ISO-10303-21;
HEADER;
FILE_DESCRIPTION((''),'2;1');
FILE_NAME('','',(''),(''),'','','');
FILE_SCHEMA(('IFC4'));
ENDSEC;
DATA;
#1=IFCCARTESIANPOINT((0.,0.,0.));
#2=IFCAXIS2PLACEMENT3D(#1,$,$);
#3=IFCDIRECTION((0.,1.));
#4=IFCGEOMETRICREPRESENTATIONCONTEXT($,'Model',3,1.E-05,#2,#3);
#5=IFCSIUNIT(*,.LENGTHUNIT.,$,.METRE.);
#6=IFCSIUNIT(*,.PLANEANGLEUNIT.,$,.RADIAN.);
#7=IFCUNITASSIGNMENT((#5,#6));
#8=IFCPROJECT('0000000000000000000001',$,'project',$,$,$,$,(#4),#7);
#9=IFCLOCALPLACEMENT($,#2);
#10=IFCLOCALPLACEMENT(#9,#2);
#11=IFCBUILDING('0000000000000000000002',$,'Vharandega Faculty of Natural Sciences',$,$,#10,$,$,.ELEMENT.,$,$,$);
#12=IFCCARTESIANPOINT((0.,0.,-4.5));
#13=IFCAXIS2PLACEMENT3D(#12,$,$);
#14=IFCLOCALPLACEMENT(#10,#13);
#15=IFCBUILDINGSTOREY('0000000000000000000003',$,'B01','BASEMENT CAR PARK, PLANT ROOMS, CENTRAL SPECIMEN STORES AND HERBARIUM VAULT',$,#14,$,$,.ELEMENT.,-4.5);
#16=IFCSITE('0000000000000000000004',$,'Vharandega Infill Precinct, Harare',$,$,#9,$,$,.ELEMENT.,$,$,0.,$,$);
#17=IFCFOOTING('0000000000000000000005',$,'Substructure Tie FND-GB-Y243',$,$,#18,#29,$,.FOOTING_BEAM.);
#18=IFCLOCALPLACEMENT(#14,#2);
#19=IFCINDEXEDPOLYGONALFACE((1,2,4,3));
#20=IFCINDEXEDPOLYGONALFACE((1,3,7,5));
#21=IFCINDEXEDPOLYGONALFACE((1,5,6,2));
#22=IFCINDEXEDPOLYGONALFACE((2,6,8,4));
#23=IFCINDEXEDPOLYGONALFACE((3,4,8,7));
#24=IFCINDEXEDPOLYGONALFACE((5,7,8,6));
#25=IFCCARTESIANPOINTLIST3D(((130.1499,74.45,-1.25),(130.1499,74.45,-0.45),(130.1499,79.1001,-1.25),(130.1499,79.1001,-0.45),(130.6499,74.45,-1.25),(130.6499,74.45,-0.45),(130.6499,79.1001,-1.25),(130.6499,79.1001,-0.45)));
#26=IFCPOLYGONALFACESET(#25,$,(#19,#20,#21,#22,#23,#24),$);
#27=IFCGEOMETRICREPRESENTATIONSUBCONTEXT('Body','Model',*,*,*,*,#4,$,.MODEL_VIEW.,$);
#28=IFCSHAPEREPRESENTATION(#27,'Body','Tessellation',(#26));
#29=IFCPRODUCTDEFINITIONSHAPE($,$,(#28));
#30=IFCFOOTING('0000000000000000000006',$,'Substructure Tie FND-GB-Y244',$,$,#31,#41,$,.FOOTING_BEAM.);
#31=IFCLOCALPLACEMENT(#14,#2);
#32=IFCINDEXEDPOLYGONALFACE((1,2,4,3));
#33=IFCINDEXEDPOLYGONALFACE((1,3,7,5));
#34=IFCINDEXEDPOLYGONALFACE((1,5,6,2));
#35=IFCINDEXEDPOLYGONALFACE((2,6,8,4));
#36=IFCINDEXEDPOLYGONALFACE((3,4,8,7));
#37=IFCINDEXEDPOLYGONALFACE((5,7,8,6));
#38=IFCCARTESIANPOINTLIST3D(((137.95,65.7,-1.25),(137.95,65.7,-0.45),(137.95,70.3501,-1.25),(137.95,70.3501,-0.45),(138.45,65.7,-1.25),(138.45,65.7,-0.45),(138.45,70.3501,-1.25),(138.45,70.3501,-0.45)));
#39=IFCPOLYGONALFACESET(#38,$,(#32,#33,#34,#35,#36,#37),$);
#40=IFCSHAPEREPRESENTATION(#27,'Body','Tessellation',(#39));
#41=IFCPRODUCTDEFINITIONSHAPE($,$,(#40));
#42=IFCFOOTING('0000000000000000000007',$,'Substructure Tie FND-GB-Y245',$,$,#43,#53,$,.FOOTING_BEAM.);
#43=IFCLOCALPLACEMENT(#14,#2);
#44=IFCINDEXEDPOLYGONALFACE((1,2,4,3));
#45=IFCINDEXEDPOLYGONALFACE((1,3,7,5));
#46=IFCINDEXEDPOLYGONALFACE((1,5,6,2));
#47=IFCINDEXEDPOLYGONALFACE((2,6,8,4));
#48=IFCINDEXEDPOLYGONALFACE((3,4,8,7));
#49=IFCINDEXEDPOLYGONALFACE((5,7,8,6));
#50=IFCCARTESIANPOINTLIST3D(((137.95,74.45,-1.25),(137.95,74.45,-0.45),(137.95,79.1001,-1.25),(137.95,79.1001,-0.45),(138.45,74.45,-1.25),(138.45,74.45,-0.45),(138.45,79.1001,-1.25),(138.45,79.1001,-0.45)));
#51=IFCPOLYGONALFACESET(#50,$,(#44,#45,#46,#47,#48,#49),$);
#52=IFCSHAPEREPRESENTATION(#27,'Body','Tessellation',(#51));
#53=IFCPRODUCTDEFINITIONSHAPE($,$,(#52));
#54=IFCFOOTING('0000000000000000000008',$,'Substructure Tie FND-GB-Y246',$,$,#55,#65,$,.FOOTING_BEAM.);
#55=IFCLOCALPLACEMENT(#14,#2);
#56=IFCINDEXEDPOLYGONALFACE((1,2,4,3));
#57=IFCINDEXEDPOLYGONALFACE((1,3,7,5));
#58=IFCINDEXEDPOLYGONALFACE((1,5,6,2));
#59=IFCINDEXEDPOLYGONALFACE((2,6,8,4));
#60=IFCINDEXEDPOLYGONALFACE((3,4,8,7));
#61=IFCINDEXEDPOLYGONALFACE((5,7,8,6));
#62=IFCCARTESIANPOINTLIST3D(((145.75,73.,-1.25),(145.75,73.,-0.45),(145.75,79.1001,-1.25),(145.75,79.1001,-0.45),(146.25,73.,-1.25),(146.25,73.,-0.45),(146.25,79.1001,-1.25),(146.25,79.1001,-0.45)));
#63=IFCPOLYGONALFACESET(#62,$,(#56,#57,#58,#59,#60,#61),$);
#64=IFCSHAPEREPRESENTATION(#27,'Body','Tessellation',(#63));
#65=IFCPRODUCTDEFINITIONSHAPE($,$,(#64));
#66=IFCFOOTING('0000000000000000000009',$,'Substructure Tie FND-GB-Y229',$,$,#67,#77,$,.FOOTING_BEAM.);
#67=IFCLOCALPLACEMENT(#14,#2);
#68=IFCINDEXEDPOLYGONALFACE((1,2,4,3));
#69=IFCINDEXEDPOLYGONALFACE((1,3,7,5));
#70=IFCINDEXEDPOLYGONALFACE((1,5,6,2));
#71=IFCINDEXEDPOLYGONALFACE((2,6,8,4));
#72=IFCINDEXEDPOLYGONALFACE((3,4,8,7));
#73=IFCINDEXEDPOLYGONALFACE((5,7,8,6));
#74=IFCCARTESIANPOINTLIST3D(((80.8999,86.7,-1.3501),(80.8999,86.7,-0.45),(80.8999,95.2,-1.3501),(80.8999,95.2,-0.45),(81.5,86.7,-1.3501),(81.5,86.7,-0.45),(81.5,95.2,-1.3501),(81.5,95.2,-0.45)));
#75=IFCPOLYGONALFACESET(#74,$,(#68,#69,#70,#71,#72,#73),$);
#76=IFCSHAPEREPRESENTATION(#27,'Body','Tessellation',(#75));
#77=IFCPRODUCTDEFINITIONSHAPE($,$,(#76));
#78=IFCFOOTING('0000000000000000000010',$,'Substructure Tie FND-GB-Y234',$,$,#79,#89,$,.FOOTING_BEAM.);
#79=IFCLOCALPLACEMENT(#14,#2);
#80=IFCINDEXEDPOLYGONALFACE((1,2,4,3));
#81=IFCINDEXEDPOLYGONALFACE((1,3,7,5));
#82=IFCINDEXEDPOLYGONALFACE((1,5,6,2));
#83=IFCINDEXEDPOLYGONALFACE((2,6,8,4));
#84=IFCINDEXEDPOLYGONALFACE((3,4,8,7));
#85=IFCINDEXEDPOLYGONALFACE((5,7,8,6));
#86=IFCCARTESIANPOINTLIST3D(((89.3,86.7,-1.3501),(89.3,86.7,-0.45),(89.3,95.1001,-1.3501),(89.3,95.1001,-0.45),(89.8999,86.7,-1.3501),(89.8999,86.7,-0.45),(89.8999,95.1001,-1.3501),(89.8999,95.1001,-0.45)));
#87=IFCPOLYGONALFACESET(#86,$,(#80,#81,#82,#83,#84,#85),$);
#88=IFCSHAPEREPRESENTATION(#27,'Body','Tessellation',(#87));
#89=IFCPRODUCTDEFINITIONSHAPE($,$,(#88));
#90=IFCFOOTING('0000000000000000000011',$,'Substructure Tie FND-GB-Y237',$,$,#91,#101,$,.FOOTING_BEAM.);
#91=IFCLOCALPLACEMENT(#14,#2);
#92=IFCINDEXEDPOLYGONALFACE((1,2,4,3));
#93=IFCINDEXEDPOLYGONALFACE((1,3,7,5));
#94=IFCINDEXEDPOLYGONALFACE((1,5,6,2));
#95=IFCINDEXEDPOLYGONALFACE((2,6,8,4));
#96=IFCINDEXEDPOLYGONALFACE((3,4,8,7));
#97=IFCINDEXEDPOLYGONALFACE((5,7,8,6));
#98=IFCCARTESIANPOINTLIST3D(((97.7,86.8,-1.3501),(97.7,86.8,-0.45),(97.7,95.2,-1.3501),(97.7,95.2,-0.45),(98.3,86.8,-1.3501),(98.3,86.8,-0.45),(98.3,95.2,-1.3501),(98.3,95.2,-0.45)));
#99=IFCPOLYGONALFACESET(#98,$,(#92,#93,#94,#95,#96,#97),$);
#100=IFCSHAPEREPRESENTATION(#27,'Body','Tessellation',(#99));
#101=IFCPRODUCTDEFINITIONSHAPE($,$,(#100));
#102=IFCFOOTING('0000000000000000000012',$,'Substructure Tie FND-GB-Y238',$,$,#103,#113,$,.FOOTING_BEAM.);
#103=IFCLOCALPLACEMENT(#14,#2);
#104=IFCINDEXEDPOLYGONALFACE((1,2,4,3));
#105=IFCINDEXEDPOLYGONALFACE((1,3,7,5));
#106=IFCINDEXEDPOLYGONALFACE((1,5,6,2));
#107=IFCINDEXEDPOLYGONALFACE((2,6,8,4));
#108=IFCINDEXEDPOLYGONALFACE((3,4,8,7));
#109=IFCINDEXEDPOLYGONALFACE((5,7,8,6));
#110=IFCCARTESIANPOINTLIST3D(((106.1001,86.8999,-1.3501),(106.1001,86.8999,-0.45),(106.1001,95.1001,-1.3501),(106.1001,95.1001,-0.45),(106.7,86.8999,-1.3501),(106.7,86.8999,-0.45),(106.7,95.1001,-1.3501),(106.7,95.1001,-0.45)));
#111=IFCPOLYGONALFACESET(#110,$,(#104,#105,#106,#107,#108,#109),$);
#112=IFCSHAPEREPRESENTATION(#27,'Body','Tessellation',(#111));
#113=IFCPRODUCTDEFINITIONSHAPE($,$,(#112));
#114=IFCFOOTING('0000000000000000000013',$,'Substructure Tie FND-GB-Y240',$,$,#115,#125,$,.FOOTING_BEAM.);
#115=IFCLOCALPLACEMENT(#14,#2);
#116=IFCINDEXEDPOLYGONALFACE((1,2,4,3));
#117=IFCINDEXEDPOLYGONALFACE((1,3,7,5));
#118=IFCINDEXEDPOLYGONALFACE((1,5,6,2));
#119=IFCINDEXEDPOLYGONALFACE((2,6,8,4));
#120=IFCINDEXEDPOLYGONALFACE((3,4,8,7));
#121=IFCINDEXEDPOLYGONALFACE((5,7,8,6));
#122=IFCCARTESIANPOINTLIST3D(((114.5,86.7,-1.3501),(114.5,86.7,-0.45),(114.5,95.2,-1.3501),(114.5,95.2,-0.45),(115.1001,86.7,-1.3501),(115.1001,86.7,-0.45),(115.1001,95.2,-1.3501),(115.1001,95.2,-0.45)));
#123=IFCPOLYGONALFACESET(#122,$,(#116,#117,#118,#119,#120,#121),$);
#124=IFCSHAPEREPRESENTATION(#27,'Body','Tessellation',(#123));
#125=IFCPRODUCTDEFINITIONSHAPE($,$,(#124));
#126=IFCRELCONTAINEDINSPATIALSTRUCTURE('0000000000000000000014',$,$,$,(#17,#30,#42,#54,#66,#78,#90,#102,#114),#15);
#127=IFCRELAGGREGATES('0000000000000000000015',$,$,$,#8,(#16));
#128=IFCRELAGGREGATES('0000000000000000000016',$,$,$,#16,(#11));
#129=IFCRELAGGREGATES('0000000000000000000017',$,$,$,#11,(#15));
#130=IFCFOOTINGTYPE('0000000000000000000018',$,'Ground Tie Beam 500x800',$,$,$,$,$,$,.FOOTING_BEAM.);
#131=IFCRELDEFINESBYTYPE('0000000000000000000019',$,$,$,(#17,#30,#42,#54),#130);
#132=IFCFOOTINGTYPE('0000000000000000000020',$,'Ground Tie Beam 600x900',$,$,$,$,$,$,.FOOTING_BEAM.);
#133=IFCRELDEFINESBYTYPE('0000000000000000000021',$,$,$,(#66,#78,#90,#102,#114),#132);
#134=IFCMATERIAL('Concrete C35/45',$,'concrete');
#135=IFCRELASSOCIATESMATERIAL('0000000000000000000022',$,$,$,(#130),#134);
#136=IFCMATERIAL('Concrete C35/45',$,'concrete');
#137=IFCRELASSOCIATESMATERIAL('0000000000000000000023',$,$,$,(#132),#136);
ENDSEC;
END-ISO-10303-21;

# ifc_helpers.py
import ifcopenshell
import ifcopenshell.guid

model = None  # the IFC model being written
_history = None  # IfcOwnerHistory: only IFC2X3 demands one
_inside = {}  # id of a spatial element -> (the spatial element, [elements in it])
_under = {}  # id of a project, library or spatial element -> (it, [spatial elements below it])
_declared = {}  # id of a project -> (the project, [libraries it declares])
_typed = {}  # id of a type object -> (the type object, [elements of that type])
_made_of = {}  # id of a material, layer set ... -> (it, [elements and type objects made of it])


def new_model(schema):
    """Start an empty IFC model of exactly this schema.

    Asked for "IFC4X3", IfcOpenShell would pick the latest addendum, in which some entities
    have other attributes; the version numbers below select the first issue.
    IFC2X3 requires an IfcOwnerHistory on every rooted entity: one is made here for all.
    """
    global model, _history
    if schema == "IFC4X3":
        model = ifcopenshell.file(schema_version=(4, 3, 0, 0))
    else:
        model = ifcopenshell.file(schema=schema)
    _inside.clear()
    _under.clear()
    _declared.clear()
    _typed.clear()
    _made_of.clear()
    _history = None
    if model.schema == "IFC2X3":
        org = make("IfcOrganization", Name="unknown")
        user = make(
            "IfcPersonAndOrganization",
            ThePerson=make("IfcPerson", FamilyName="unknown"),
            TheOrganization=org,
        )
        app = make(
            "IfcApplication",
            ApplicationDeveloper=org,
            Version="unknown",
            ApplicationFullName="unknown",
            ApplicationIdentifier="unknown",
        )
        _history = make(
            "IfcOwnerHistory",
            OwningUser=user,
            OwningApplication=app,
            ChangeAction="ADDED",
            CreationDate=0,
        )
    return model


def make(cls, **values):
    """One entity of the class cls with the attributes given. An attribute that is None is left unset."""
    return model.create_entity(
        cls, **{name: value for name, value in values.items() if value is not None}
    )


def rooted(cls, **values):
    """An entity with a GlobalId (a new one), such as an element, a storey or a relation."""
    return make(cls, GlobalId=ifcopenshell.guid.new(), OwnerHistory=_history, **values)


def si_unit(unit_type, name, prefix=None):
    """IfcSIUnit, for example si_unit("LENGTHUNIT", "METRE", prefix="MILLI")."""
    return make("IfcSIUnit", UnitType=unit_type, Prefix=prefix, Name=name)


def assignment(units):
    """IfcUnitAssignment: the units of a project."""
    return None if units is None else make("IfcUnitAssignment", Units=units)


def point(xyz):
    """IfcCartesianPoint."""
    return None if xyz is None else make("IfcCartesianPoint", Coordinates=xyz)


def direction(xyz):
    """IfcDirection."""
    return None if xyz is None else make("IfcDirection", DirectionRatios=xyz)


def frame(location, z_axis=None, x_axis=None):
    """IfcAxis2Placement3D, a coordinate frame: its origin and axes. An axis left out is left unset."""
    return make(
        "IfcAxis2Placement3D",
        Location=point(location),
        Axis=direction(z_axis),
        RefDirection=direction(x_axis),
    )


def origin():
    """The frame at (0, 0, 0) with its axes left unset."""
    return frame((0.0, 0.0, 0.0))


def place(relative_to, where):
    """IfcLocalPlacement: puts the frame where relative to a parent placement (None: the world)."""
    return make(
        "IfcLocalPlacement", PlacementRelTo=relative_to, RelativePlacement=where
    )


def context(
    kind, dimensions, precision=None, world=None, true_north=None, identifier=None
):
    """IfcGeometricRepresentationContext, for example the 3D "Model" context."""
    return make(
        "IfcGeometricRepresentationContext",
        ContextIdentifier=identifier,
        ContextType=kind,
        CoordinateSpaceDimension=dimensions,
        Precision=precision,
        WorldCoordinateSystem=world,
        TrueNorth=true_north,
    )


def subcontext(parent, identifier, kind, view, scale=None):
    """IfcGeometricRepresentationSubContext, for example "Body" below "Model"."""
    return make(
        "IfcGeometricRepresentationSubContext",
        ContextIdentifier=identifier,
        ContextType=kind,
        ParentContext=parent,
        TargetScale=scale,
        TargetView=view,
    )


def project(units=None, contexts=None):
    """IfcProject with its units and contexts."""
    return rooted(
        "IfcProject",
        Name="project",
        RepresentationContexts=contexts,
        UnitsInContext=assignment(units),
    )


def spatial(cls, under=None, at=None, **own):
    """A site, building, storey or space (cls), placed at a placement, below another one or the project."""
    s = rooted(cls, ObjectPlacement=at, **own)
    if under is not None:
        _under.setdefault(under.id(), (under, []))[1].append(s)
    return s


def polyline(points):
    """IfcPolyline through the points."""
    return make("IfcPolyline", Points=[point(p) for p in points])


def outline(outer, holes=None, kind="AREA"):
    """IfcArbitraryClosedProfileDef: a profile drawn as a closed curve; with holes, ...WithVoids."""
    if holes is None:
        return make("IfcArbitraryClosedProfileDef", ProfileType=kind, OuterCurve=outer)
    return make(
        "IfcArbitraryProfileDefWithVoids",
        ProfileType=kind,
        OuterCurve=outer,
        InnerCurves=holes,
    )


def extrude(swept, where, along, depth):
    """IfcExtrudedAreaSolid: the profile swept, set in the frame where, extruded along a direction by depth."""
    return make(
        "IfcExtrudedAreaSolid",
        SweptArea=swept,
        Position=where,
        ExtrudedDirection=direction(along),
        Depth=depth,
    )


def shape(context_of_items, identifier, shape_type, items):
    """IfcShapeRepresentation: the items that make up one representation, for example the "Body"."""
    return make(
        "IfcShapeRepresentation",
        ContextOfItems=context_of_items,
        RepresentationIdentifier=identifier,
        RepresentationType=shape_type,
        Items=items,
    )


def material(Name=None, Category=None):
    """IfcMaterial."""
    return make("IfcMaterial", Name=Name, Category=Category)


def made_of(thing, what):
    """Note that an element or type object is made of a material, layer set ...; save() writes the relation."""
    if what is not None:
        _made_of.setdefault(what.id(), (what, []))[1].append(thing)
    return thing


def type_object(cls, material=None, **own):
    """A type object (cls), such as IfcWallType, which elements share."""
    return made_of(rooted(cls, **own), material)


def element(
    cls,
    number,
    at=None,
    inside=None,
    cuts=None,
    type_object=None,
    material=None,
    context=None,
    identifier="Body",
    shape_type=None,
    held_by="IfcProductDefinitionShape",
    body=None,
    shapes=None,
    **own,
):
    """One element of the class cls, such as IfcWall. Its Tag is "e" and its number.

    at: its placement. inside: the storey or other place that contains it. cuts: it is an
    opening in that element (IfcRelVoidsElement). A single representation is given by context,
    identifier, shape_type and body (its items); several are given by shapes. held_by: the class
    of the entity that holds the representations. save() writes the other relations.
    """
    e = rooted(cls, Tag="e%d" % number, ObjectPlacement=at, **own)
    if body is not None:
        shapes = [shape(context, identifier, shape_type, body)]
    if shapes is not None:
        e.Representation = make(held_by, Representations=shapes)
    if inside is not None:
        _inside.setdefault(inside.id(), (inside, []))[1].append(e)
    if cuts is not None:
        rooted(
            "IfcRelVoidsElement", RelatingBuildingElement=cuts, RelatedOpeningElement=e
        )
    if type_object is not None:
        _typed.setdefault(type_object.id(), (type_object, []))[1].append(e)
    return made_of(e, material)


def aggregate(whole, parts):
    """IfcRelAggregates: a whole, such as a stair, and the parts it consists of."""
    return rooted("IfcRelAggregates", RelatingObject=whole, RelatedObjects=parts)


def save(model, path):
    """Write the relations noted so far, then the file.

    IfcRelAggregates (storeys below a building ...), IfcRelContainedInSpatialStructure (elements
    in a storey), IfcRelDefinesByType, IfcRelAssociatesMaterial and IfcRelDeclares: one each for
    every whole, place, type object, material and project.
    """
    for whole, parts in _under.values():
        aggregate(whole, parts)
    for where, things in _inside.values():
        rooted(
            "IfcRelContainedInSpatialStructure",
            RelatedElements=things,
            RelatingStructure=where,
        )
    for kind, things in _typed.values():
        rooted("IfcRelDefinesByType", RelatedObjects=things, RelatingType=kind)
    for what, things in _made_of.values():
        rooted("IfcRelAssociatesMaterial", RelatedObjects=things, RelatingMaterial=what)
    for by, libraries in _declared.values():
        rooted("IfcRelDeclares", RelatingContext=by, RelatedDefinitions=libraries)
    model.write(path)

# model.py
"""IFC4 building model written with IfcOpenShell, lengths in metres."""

from ifc_helpers import new_model, si_unit, direction, frame, origin, place, context, subcontext, project, spatial, polyline, outline, extrude, material, type_object, element, save


model = new_model("IFC4")

# Units and contexts
model_context = context("Model", 3, precision=1e-05, world=origin(), true_north=direction((0.0, 1.0)))
body_context = subcontext(model_context, "Body", "Model", "MODEL_VIEW")
ifc_project = project(units=[si_unit("LENGTHUNIT", "METRE"), si_unit("PLANEANGLEUNIT", "RADIAN")], contexts=[model_context])

# Site, building, storey
site_placement = place(None, origin())
site = spatial("IfcSite", under=ifc_project, at=site_placement, Name="Vharandega Infill Precinct, Harare", CompositionType="ELEMENT", RefElevation=0.0)
building_placement = place(site_placement, origin())
building = spatial("IfcBuilding", under=site, at=building_placement, Name="Vharandega Faculty of Natural Sciences", CompositionType="ELEMENT")
storey_placement = place(building_placement, frame((0.0, 0.0, -4.5)))
storey = spatial("IfcBuildingStorey", under=building, at=storey_placement, Name="B01", Description="BASEMENT CAR PARK, PLANT ROOMS, CENTRAL SPECIMEN STORES AND HERBARIUM VAULT", CompositionType="ELEMENT", Elevation=-4.5)

# Footings
ifc_material_1 = material(Name="Concrete C35/45", Category="concrete")
footing_type_1 = type_object("IfcFootingType", Name="Ground Tie Beam 500x800", PredefinedType="FOOTING_BEAM", material=ifc_material_1)
footing_1_placement = place(storey_placement, frame((0.0, 0.0, -1.25)))
element("IfcFooting", 1, at=footing_1_placement, inside=storey, type_object=footing_type_1, Name="Substructure Tie FND-GB-Y243", PredefinedType="FOOTING_BEAM", context=body_context, shape_type="SweptSolid", body=[
    extrude(outline(polyline([(130.1499, 74.45), (130.6499, 74.45), (130.6499, 79.1001), (130.1499, 79.1001), (130.1499, 74.45)])), origin(), (0.0, 0.0, 1.0), 0.8),
])
footing_2_placement = place(storey_placement, frame((0.0, 0.0, -1.25)))
element("IfcFooting", 2, at=footing_2_placement, inside=storey, type_object=footing_type_1, Name="Substructure Tie FND-GB-Y244", PredefinedType="FOOTING_BEAM", context=body_context, shape_type="SweptSolid", body=[
    extrude(outline(polyline([(137.95, 65.7), (138.45, 65.7), (138.45, 70.3501), (137.95, 70.3501), (137.95, 65.7)])), origin(), (0.0, 0.0, 1.0), 0.8),
])
footing_3_placement = place(storey_placement, frame((0.0, 0.0, -1.25)))
element("IfcFooting", 3, at=footing_3_placement, inside=storey, type_object=footing_type_1, Name="Substructure Tie FND-GB-Y245", PredefinedType="FOOTING_BEAM", context=body_context, shape_type="SweptSolid", body=[
    extrude(outline(polyline([(137.95, 74.45), (138.45, 74.45), (138.45, 79.1001), (137.95, 79.1001), (137.95, 74.45)])), origin(), (0.0, 0.0, 1.0), 0.8),
])
footing_4_placement = place(storey_placement, frame((0.0, 0.0, -1.25)))
element("IfcFooting", 4, at=footing_4_placement, inside=storey, type_object=footing_type_1, Name="Substructure Tie FND-GB-Y246", PredefinedType="FOOTING_BEAM", context=body_context, shape_type="SweptSolid", body=[
    extrude(outline(polyline([(145.75, 73.0), (146.25, 73.0), (146.25, 79.1001), (145.75, 79.1001), (145.75, 73.0)])), origin(), (0.0, 0.0, 1.0), 0.8),
])
ifc_material_2 = material(Name="Concrete C35/45", Category="concrete")
footing_type_2 = type_object("IfcFootingType", Name="Ground Tie Beam 600x900", PredefinedType="FOOTING_BEAM", material=ifc_material_2)
footing_5_placement = place(storey_placement, frame((0.0, 0.0, -1.3501)))
element("IfcFooting", 5, at=footing_5_placement, inside=storey, type_object=footing_type_2, Name="Substructure Tie FND-GB-Y229", PredefinedType="FOOTING_BEAM", context=body_context, shape_type="SweptSolid", body=[
    extrude(outline(polyline([(80.8999, 86.7), (81.5, 86.7), (81.5, 95.2), (80.8999, 95.2), (80.8999, 86.7)])), origin(), (0.0, 0.0, 1.0), 0.9001),
])
footing_6_placement = place(storey_placement, frame((0.0, 0.0, -1.3501)))
element("IfcFooting", 6, at=footing_6_placement, inside=storey, type_object=footing_type_2, Name="Substructure Tie FND-GB-Y234", PredefinedType="FOOTING_BEAM", context=body_context, shape_type="SweptSolid", body=[
    extrude(outline(polyline([(89.3, 86.7), (89.8999, 86.7), (89.8999, 95.1001), (89.3, 95.1001), (89.3, 86.7)])), origin(), (0.0, 0.0, 1.0), 0.9001),
])
footing_7_placement = place(storey_placement, frame((0.0, 0.0, -1.3501)))
element("IfcFooting", 7, at=footing_7_placement, inside=storey, type_object=footing_type_2, Name="Substructure Tie FND-GB-Y237", PredefinedType="FOOTING_BEAM", context=body_context, shape_type="SweptSolid", body=[
    extrude(outline(polyline([(97.7, 86.8), (98.3, 86.8), (98.3, 95.2), (97.7, 95.2), (97.7, 86.8)])), origin(), (0.0, 0.0, 1.0), 0.9001),
])
footing_8_placement = place(storey_placement, frame((0.0, 0.0, -1.3501)))
element("IfcFooting", 8, at=footing_8_placement, inside=storey, type_object=footing_type_2, Name="Substructure Tie FND-GB-Y238", PredefinedType="FOOTING_BEAM", context=body_context, shape_type="SweptSolid", body=[
    extrude(outline(polyline([(106.1001, 86.8999), (106.7, 86.8999), (106.7, 95.1001), (106.1001, 95.1001), (106.1001, 86.8999)])), origin(), (0.0, 0.0, 1.0), 0.9001),
])
footing_9_placement = place(storey_placement, frame((0.0, 0.0, -1.3501)))
element("IfcFooting", 9, at=footing_9_placement, inside=storey, type_object=footing_type_2, Name="Substructure Tie FND-GB-Y240", PredefinedType="FOOTING_BEAM", context=body_context, shape_type="SweptSolid", body=[
    extrude(outline(polyline([(114.5, 86.7), (115.1001, 86.7), (115.1001, 95.2), (114.5, 95.2), (114.5, 86.7)])), origin(), (0.0, 0.0, 1.0), 0.9001),
])

save(model, "model.ifc")
